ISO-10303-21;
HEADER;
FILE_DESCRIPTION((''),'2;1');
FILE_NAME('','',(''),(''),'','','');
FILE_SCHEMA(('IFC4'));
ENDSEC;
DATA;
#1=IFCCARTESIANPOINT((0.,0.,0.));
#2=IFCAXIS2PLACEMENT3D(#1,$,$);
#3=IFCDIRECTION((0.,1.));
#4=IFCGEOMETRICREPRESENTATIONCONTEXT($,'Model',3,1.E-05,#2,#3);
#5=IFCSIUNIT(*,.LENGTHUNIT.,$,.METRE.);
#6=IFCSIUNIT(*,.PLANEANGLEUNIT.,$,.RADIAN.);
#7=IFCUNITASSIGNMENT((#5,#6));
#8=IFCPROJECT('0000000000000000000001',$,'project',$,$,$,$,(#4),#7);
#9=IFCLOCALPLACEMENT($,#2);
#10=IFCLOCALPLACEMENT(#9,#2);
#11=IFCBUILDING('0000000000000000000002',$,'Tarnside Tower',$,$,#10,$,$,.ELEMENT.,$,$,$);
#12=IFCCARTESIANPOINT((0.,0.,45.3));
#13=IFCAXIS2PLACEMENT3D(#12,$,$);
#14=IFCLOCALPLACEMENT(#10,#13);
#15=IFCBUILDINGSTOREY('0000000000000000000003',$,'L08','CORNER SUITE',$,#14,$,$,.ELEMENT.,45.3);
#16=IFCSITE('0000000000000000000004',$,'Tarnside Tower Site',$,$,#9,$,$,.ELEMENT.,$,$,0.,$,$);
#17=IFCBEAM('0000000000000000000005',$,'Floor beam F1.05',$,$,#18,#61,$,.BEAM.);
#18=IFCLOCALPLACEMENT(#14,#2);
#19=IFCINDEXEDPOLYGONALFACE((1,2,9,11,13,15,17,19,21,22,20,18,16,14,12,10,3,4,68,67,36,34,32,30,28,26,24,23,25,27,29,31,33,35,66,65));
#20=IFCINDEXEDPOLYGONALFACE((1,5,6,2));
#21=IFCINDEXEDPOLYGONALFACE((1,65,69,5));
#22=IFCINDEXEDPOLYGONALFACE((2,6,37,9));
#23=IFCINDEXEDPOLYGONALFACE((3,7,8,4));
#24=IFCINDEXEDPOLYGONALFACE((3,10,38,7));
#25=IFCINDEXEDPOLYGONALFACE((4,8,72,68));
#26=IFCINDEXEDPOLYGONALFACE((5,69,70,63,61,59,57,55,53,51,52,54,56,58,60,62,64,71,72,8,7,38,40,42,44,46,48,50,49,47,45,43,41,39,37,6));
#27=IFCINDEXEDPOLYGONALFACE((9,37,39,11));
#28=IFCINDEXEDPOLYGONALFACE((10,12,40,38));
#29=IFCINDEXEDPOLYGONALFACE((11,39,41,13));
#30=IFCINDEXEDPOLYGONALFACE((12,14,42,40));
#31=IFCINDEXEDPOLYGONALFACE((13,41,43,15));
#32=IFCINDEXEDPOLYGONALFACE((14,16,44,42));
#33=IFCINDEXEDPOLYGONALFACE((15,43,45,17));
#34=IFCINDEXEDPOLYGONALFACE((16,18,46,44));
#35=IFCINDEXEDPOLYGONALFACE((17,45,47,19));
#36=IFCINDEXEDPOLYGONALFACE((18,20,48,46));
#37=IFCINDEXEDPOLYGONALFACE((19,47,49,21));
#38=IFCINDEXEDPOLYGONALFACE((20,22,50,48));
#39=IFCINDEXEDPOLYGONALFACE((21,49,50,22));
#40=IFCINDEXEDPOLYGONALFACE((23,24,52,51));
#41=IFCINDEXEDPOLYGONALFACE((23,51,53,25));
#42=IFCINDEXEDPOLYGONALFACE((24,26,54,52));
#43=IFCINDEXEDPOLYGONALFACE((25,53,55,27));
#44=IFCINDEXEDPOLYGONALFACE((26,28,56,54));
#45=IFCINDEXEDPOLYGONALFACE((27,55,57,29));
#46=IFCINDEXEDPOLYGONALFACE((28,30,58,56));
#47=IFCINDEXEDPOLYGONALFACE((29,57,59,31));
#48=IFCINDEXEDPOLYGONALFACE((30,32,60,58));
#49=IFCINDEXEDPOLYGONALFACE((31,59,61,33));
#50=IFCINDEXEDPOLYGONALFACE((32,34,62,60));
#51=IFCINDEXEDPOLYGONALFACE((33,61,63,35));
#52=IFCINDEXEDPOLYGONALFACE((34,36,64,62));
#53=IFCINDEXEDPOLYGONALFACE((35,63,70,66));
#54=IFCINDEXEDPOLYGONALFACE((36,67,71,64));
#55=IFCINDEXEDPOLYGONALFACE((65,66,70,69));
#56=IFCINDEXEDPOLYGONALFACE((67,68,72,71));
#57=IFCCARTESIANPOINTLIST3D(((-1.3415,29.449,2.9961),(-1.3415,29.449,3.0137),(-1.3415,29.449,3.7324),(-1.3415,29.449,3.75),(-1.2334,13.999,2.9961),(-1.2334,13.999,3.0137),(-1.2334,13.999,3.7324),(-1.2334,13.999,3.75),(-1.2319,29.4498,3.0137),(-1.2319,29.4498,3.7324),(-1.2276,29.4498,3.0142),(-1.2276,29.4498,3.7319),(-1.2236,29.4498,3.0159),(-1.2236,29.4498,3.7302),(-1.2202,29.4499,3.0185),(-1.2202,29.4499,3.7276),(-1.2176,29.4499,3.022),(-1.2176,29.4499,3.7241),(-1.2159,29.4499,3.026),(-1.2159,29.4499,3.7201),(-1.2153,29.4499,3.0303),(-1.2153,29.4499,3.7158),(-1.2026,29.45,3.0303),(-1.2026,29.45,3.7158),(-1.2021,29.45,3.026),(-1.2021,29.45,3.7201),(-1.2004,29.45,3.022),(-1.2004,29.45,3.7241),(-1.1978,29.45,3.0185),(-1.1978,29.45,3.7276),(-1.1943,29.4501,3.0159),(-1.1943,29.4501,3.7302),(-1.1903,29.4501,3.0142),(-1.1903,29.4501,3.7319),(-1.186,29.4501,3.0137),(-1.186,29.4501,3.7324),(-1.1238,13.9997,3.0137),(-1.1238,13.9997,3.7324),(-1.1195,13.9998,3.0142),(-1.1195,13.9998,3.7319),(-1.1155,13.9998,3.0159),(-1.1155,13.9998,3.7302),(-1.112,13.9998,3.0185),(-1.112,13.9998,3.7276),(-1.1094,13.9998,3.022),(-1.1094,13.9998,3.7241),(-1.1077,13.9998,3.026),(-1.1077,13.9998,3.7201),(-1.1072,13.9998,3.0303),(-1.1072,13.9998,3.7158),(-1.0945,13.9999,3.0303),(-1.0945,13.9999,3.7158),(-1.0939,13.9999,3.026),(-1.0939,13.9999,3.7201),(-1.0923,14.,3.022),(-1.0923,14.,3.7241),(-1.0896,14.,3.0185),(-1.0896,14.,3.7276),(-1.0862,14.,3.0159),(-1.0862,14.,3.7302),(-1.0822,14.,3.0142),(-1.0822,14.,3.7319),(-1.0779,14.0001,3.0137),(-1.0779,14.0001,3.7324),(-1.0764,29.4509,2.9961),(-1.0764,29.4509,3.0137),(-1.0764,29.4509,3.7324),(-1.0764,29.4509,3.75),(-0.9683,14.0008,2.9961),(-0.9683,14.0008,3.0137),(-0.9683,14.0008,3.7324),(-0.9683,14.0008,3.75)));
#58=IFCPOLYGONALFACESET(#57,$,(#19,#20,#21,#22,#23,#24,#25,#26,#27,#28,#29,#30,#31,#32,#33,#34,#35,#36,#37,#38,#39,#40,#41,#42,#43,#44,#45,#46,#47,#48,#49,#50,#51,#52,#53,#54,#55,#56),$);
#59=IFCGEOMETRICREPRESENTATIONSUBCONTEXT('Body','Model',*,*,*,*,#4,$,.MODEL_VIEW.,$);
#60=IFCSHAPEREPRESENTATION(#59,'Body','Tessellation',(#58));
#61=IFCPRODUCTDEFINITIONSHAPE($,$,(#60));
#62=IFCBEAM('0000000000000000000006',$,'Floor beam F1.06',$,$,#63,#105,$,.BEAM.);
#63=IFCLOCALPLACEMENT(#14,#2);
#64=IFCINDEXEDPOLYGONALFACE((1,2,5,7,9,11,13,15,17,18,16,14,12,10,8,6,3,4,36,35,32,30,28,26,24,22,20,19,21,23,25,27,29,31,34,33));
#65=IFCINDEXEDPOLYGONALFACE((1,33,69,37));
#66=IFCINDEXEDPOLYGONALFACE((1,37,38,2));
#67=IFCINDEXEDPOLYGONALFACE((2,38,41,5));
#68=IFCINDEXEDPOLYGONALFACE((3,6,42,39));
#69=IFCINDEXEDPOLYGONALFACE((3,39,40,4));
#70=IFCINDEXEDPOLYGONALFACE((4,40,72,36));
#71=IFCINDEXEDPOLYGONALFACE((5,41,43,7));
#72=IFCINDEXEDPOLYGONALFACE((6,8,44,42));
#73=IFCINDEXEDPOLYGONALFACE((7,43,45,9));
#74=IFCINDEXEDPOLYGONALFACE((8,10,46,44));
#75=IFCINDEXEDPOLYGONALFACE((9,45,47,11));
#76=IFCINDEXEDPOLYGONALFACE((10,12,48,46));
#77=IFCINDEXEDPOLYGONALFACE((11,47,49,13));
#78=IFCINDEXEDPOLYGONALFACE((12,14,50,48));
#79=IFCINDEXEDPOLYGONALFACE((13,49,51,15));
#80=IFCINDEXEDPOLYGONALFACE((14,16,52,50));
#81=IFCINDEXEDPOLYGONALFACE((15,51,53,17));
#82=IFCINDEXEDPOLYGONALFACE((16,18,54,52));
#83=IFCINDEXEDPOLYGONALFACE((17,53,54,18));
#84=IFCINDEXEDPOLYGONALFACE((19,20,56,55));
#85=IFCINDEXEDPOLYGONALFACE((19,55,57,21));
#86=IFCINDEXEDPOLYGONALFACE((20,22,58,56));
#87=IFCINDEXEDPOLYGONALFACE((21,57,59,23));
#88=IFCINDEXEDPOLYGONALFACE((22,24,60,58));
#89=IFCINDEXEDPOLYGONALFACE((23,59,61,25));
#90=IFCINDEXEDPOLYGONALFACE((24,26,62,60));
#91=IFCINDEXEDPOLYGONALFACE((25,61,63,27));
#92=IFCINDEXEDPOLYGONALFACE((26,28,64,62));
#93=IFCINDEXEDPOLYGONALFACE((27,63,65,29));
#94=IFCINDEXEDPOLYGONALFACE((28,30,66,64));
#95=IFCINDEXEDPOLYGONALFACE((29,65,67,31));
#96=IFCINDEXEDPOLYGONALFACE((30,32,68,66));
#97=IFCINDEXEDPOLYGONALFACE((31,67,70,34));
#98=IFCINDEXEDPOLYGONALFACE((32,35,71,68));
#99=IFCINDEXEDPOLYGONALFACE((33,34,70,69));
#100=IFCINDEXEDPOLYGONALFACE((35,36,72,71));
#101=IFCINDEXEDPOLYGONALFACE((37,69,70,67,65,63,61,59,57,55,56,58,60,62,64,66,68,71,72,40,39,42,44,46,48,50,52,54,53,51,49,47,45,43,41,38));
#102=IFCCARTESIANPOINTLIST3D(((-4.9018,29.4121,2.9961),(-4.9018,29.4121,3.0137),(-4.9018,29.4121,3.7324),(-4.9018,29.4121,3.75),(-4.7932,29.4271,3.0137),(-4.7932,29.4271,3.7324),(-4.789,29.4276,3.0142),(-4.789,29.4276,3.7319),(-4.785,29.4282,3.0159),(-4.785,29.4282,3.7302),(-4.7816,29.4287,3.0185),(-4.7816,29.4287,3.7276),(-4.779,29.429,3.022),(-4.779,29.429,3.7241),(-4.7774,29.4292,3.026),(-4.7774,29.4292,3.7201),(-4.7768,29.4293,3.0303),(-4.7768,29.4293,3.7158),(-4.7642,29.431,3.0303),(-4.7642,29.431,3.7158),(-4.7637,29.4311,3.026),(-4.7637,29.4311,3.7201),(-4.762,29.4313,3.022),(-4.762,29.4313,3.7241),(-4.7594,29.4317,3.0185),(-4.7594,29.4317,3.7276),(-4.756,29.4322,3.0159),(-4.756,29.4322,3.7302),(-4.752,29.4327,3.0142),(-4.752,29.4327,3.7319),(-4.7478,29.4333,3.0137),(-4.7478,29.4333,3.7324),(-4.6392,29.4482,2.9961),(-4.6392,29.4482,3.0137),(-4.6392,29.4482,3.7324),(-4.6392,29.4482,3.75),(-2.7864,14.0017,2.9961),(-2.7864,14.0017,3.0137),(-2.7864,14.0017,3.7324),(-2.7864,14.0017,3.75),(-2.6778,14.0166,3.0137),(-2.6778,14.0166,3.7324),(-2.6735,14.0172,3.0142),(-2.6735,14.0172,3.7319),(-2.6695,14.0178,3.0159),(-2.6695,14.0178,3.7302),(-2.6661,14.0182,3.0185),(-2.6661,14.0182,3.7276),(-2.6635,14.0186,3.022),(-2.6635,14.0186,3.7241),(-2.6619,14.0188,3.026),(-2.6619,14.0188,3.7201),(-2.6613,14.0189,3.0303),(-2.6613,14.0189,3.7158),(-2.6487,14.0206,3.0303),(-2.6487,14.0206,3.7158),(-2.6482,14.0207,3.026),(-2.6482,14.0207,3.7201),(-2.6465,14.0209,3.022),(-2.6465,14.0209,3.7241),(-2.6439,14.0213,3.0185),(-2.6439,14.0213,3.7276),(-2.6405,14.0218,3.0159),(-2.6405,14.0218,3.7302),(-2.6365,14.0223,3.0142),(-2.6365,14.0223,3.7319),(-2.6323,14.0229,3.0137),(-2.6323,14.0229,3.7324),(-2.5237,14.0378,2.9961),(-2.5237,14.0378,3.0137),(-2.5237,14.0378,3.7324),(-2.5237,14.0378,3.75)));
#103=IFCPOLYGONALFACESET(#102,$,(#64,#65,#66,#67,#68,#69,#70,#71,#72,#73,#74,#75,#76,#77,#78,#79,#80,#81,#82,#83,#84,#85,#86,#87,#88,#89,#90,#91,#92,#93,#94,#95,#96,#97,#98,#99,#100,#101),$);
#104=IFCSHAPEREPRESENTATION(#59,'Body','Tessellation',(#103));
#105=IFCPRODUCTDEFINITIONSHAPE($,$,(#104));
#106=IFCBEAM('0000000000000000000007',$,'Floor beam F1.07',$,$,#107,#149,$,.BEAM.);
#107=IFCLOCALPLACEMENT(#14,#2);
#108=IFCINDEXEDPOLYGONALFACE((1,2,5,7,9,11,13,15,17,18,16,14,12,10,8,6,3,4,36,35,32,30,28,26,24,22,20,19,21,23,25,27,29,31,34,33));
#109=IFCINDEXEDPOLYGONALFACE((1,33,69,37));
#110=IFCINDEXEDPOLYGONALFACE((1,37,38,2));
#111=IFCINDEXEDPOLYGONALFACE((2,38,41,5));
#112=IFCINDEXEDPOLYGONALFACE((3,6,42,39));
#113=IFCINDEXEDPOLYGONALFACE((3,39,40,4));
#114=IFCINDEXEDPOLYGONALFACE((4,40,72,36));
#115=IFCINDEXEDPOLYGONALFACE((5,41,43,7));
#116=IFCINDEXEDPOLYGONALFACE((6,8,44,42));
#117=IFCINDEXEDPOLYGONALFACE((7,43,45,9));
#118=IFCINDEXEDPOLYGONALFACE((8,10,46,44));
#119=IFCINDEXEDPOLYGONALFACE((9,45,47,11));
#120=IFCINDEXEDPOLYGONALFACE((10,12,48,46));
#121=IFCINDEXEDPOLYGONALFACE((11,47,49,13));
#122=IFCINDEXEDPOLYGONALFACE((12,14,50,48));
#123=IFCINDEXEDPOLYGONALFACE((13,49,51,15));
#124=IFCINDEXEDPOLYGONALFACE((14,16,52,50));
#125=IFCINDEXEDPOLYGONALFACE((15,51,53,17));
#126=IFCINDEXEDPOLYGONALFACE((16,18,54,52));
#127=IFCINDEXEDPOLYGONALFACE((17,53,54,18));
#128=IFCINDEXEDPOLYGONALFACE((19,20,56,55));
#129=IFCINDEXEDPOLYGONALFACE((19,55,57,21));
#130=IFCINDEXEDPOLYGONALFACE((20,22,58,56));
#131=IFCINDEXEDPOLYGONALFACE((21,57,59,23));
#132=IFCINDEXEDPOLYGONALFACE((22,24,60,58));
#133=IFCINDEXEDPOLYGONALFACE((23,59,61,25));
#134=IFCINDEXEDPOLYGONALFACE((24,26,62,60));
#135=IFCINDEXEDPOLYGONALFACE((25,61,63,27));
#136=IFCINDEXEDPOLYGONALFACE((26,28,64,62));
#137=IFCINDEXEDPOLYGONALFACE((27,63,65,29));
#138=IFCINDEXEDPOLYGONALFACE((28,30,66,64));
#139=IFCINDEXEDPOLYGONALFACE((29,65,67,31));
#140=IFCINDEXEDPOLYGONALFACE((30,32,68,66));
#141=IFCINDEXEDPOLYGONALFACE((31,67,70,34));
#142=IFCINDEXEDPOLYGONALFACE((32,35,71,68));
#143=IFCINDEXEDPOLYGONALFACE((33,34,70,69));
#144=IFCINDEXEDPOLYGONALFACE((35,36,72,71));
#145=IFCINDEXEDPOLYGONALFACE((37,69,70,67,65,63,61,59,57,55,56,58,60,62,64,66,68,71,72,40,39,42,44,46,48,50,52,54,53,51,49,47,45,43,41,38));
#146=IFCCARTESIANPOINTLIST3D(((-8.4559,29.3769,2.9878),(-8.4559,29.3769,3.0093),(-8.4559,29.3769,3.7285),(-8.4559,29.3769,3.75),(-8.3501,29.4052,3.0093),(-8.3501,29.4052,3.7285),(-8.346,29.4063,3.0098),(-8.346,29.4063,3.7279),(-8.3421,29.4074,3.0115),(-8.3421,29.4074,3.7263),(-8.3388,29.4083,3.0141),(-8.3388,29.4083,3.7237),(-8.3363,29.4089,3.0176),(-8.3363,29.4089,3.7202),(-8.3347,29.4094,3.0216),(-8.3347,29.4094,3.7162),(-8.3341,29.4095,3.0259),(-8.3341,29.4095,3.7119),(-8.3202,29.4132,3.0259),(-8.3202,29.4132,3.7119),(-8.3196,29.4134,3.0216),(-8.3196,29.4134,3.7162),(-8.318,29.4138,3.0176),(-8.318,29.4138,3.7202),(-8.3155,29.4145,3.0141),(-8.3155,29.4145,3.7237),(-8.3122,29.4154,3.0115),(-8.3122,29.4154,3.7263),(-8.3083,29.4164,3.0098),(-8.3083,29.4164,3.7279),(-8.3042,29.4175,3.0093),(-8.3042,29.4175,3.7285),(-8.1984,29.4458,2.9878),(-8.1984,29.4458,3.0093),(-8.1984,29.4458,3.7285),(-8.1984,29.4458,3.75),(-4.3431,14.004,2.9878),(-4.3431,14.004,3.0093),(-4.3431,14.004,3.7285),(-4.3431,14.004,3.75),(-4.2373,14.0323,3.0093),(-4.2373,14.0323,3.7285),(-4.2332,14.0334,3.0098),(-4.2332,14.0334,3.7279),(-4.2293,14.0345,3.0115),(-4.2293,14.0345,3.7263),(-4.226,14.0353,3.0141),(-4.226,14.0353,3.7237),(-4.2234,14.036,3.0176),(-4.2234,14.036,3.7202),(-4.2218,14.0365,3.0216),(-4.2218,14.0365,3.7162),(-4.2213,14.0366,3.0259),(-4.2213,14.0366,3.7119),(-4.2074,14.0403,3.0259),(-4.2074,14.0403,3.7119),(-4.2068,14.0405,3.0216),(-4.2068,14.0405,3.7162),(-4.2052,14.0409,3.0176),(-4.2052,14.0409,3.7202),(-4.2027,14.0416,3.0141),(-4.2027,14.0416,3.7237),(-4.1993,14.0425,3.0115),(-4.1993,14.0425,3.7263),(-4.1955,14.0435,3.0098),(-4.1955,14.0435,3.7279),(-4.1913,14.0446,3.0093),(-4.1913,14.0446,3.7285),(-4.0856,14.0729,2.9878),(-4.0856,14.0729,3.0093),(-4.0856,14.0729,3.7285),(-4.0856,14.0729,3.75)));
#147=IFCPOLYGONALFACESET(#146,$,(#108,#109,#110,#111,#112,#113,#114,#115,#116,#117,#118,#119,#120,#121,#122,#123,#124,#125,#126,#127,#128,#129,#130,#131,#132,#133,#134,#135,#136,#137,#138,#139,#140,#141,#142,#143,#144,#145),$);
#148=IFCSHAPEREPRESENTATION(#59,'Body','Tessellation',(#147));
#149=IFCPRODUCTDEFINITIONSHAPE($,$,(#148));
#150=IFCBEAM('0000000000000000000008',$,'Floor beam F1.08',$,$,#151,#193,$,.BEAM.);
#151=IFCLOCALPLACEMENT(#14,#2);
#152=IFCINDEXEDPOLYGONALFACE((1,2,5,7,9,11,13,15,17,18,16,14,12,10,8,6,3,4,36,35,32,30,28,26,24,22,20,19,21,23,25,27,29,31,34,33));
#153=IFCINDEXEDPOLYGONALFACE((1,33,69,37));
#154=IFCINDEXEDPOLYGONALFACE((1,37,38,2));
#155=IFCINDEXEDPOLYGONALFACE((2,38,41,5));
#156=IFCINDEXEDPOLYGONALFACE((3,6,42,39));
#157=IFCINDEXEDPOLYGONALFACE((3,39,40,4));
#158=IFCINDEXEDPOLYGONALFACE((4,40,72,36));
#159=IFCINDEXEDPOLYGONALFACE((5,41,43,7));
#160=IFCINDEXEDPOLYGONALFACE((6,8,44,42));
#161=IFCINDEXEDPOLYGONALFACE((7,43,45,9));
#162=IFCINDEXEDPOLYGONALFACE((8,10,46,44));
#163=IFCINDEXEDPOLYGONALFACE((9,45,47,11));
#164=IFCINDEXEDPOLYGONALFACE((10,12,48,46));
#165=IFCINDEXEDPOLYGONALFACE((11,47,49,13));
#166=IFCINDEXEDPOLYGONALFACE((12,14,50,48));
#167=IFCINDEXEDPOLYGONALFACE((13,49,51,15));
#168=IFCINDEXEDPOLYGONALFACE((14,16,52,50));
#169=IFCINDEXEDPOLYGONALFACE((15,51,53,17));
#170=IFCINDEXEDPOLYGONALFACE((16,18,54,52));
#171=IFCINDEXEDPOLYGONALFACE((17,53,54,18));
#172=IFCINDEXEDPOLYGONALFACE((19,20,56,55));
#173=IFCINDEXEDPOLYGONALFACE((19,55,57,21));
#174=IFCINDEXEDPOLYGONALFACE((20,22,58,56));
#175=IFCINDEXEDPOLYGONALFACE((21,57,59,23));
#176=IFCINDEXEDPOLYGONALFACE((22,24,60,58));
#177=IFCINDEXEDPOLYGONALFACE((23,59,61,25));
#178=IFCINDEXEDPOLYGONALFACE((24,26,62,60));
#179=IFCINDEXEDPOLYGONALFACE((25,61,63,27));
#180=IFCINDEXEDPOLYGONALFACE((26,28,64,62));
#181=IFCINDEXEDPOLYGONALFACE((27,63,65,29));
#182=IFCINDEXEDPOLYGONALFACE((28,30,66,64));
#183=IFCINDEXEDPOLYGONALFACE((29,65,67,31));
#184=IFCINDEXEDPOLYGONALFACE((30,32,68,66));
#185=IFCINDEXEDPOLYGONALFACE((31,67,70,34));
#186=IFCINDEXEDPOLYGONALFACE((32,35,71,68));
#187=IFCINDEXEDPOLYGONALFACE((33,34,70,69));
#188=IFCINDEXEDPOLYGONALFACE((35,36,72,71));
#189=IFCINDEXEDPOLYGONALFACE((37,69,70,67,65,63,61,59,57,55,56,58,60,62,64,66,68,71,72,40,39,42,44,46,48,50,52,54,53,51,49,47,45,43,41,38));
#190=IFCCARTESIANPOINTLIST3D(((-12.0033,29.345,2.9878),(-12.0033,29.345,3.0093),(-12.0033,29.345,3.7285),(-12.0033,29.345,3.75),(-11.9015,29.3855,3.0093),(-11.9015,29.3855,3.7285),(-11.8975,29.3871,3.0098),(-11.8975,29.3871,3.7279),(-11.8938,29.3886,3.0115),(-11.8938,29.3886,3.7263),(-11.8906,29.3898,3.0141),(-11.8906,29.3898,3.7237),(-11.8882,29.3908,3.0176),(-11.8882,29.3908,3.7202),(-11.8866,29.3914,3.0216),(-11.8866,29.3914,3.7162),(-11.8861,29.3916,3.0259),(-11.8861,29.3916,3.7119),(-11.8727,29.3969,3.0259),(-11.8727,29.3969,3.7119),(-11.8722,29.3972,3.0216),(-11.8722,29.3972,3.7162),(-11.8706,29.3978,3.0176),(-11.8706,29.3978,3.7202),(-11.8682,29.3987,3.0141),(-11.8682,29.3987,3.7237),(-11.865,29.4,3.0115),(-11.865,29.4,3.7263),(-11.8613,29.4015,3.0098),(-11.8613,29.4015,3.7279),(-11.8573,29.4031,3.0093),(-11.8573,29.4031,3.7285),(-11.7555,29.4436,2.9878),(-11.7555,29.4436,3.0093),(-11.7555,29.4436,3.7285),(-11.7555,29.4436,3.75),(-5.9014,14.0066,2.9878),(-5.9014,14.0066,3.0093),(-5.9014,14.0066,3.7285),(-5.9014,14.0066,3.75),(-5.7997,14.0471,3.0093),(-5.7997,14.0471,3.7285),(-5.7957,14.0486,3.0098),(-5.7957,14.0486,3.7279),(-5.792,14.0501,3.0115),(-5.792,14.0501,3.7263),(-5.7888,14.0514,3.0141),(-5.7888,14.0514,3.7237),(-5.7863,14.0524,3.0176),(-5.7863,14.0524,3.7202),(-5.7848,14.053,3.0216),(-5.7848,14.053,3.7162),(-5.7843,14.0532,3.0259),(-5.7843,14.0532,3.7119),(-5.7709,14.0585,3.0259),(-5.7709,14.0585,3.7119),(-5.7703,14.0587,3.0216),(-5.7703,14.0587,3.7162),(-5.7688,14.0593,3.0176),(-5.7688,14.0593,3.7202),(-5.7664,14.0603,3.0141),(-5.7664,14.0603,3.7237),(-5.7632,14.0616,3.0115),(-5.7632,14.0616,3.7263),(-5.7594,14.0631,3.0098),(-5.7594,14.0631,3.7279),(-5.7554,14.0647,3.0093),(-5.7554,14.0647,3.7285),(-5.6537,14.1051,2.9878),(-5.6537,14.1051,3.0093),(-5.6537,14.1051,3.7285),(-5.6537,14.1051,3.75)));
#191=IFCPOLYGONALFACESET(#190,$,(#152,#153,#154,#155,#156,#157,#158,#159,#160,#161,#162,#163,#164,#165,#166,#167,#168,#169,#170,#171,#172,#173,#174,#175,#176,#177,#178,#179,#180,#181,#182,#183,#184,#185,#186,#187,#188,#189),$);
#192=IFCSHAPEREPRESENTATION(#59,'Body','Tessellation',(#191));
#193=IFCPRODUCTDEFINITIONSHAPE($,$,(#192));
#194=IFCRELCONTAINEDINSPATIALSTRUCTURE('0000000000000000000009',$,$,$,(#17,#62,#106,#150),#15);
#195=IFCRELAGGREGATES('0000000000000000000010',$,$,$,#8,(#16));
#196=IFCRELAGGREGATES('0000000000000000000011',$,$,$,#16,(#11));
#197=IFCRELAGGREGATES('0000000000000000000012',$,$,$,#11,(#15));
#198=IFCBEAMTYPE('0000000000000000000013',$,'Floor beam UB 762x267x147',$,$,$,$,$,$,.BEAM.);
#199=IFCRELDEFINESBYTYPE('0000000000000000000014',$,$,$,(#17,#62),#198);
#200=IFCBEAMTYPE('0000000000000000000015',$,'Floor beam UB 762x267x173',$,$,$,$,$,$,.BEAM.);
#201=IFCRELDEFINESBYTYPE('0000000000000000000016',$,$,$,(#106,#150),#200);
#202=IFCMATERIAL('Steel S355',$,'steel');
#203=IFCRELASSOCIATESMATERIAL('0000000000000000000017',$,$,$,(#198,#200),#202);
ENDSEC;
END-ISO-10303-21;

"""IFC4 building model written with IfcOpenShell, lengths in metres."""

from ifc_helpers import new_model, si_unit, direction, frame, origin, origin_2d, place, context, subcontext, project, spatial, i_section, extrude, material, material_profile, profile_set, type_object, element, save


model = new_model("IFC4")

# Units and contexts
model_context = context("Model", 3, precision=1e-05, world=origin(), true_north=direction((0.0, 1.0)))
body_context = subcontext(model_context, "Body", "Model", "MODEL_VIEW")
ifc_project = project(units=[si_unit("LENGTHUNIT", "METRE"), si_unit("PLANEANGLEUNIT", "RADIAN")], contexts=[model_context])

# Site, building, storey
site_placement = place(None, origin())
site = spatial("IfcSite", under=ifc_project, at=site_placement, Name="Tarnside Tower Site", CompositionType="ELEMENT", RefElevation=0.0)
building_placement = place(site_placement, origin())
building = spatial("IfcBuilding", under=site, at=building_placement, Name="Tarnside Tower", CompositionType="ELEMENT")
storey_placement = place(building_placement, frame((0.0, 0.0, 45.3)))
storey = spatial("IfcBuildingStorey", under=building, at=storey_placement, Name="L08", Description="CORNER SUITE", CompositionType="ELEMENT", Elevation=45.3)

# Beams
ifc_material_1 = material(Name="Steel S355", Category="steel")
ifc_material_profile_1 = material_profile(ifc_material_1, i_section(OverallWidth=0.2651, OverallDepth=0.7539, WebThickness=0.0127, FlangeThickness=0.0176, FilletRadius=0.0166, at=origin_2d()), Name="UB 762x267x147")
ifc_profile_set_1 = profile_set([ifc_material_profile_1], Name="Steel S355")
beam_type_1 = type_object("IfcBeamType", Name="Floor beam UB 762x267x147", PredefinedType="BEAM", material=ifc_profile_set_1)
beam_1_placement = place(storey_placement, frame((-1.209, 29.45, 3.373), z_axis=(0.007, -0.999975, 0.0), x_axis=(0.999975, 0.007, 0.0)))
element("IfcBeam", 1, at=beam_1_placement, inside=storey, type_object=beam_type_1, Name="Floor beam F1.05", PredefinedType="BEAM", context=body_context, shape_type="SweptSolid", body=[
    extrude(i_section(OverallWidth=0.2651, OverallDepth=0.7539, WebThickness=0.0127, FlangeThickness=0.0176, FilletRadius=0.0166, at=origin_2d()), origin(), (0.0, 0.0, 1.0), 15.4504),
])
beam_2_placement = place(storey_placement, frame((-4.7705, 29.4302, 3.373), z_axis=(0.136001, -0.990709, 0.0), x_axis=(0.990709, 0.136001, 0.0)))
element("IfcBeam", 2, at=beam_2_placement, inside=storey, type_object=beam_type_1, Name="Floor beam F1.06", PredefinedType="BEAM", context=body_context, shape_type="SweptSolid", body=[
    extrude(i_section(OverallWidth=0.2651, OverallDepth=0.7539, WebThickness=0.0127, FlangeThickness=0.0176, FilletRadius=0.0166, at=origin_2d()), origin(), (0.0, 0.0, 1.0), 15.5549),
])
ifc_material_profile_2 = material_profile(ifc_material_1, i_section(OverallWidth=0.2666, OverallDepth=0.7622, WebThickness=0.0144, FlangeThickness=0.0215, FilletRadius=0.0166, at=origin_2d()), Name="UB 762x267x173")
ifc_profile_set_2 = profile_set([ifc_material_profile_2], Name="Steel S355")
beam_type_2 = type_object("IfcBeamType", Name="Floor beam UB 762x267x173", PredefinedType="BEAM", material=ifc_profile_set_2)
beam_3_placement = place(storey_placement, frame((-8.3271, 29.4114, 3.3689), z_axis=(0.258447, -0.966025, 0.0), x_axis=(0.966025, 0.258447, 0.0)))
element("IfcBeam", 3, at=beam_3_placement, inside=storey, type_object=beam_type_2, Name="Floor beam F1.07", PredefinedType="BEAM", context=body_context, shape_type="SweptSolid", body=[
    extrude(i_section(OverallWidth=0.2666, OverallDepth=0.7622, WebThickness=0.0144, FlangeThickness=0.0215, FilletRadius=0.0166, at=origin_2d()), origin(), (0.0, 0.0, 1.0), 15.9136),
])
beam_4_placement = place(storey_placement, frame((-11.8794, 29.3943, 3.3689), z_axis=(0.369638, -0.929176, 0.0), x_axis=(0.929176, 0.369638, 0.0)))
element("IfcBeam", 4, at=beam_4_placement, inside=storey, type_object=beam_type_2, Name="Floor beam F1.08", PredefinedType="BEAM", context=body_context, shape_type="SweptSolid", body=[
    extrude(i_section(OverallWidth=0.2666, OverallDepth=0.7622, WebThickness=0.0144, FlangeThickness=0.0215, FilletRadius=0.0166, at=origin_2d()), origin(), (0.0, 0.0, 1.0), 16.5076),
])

save(model, "model.ifc")
